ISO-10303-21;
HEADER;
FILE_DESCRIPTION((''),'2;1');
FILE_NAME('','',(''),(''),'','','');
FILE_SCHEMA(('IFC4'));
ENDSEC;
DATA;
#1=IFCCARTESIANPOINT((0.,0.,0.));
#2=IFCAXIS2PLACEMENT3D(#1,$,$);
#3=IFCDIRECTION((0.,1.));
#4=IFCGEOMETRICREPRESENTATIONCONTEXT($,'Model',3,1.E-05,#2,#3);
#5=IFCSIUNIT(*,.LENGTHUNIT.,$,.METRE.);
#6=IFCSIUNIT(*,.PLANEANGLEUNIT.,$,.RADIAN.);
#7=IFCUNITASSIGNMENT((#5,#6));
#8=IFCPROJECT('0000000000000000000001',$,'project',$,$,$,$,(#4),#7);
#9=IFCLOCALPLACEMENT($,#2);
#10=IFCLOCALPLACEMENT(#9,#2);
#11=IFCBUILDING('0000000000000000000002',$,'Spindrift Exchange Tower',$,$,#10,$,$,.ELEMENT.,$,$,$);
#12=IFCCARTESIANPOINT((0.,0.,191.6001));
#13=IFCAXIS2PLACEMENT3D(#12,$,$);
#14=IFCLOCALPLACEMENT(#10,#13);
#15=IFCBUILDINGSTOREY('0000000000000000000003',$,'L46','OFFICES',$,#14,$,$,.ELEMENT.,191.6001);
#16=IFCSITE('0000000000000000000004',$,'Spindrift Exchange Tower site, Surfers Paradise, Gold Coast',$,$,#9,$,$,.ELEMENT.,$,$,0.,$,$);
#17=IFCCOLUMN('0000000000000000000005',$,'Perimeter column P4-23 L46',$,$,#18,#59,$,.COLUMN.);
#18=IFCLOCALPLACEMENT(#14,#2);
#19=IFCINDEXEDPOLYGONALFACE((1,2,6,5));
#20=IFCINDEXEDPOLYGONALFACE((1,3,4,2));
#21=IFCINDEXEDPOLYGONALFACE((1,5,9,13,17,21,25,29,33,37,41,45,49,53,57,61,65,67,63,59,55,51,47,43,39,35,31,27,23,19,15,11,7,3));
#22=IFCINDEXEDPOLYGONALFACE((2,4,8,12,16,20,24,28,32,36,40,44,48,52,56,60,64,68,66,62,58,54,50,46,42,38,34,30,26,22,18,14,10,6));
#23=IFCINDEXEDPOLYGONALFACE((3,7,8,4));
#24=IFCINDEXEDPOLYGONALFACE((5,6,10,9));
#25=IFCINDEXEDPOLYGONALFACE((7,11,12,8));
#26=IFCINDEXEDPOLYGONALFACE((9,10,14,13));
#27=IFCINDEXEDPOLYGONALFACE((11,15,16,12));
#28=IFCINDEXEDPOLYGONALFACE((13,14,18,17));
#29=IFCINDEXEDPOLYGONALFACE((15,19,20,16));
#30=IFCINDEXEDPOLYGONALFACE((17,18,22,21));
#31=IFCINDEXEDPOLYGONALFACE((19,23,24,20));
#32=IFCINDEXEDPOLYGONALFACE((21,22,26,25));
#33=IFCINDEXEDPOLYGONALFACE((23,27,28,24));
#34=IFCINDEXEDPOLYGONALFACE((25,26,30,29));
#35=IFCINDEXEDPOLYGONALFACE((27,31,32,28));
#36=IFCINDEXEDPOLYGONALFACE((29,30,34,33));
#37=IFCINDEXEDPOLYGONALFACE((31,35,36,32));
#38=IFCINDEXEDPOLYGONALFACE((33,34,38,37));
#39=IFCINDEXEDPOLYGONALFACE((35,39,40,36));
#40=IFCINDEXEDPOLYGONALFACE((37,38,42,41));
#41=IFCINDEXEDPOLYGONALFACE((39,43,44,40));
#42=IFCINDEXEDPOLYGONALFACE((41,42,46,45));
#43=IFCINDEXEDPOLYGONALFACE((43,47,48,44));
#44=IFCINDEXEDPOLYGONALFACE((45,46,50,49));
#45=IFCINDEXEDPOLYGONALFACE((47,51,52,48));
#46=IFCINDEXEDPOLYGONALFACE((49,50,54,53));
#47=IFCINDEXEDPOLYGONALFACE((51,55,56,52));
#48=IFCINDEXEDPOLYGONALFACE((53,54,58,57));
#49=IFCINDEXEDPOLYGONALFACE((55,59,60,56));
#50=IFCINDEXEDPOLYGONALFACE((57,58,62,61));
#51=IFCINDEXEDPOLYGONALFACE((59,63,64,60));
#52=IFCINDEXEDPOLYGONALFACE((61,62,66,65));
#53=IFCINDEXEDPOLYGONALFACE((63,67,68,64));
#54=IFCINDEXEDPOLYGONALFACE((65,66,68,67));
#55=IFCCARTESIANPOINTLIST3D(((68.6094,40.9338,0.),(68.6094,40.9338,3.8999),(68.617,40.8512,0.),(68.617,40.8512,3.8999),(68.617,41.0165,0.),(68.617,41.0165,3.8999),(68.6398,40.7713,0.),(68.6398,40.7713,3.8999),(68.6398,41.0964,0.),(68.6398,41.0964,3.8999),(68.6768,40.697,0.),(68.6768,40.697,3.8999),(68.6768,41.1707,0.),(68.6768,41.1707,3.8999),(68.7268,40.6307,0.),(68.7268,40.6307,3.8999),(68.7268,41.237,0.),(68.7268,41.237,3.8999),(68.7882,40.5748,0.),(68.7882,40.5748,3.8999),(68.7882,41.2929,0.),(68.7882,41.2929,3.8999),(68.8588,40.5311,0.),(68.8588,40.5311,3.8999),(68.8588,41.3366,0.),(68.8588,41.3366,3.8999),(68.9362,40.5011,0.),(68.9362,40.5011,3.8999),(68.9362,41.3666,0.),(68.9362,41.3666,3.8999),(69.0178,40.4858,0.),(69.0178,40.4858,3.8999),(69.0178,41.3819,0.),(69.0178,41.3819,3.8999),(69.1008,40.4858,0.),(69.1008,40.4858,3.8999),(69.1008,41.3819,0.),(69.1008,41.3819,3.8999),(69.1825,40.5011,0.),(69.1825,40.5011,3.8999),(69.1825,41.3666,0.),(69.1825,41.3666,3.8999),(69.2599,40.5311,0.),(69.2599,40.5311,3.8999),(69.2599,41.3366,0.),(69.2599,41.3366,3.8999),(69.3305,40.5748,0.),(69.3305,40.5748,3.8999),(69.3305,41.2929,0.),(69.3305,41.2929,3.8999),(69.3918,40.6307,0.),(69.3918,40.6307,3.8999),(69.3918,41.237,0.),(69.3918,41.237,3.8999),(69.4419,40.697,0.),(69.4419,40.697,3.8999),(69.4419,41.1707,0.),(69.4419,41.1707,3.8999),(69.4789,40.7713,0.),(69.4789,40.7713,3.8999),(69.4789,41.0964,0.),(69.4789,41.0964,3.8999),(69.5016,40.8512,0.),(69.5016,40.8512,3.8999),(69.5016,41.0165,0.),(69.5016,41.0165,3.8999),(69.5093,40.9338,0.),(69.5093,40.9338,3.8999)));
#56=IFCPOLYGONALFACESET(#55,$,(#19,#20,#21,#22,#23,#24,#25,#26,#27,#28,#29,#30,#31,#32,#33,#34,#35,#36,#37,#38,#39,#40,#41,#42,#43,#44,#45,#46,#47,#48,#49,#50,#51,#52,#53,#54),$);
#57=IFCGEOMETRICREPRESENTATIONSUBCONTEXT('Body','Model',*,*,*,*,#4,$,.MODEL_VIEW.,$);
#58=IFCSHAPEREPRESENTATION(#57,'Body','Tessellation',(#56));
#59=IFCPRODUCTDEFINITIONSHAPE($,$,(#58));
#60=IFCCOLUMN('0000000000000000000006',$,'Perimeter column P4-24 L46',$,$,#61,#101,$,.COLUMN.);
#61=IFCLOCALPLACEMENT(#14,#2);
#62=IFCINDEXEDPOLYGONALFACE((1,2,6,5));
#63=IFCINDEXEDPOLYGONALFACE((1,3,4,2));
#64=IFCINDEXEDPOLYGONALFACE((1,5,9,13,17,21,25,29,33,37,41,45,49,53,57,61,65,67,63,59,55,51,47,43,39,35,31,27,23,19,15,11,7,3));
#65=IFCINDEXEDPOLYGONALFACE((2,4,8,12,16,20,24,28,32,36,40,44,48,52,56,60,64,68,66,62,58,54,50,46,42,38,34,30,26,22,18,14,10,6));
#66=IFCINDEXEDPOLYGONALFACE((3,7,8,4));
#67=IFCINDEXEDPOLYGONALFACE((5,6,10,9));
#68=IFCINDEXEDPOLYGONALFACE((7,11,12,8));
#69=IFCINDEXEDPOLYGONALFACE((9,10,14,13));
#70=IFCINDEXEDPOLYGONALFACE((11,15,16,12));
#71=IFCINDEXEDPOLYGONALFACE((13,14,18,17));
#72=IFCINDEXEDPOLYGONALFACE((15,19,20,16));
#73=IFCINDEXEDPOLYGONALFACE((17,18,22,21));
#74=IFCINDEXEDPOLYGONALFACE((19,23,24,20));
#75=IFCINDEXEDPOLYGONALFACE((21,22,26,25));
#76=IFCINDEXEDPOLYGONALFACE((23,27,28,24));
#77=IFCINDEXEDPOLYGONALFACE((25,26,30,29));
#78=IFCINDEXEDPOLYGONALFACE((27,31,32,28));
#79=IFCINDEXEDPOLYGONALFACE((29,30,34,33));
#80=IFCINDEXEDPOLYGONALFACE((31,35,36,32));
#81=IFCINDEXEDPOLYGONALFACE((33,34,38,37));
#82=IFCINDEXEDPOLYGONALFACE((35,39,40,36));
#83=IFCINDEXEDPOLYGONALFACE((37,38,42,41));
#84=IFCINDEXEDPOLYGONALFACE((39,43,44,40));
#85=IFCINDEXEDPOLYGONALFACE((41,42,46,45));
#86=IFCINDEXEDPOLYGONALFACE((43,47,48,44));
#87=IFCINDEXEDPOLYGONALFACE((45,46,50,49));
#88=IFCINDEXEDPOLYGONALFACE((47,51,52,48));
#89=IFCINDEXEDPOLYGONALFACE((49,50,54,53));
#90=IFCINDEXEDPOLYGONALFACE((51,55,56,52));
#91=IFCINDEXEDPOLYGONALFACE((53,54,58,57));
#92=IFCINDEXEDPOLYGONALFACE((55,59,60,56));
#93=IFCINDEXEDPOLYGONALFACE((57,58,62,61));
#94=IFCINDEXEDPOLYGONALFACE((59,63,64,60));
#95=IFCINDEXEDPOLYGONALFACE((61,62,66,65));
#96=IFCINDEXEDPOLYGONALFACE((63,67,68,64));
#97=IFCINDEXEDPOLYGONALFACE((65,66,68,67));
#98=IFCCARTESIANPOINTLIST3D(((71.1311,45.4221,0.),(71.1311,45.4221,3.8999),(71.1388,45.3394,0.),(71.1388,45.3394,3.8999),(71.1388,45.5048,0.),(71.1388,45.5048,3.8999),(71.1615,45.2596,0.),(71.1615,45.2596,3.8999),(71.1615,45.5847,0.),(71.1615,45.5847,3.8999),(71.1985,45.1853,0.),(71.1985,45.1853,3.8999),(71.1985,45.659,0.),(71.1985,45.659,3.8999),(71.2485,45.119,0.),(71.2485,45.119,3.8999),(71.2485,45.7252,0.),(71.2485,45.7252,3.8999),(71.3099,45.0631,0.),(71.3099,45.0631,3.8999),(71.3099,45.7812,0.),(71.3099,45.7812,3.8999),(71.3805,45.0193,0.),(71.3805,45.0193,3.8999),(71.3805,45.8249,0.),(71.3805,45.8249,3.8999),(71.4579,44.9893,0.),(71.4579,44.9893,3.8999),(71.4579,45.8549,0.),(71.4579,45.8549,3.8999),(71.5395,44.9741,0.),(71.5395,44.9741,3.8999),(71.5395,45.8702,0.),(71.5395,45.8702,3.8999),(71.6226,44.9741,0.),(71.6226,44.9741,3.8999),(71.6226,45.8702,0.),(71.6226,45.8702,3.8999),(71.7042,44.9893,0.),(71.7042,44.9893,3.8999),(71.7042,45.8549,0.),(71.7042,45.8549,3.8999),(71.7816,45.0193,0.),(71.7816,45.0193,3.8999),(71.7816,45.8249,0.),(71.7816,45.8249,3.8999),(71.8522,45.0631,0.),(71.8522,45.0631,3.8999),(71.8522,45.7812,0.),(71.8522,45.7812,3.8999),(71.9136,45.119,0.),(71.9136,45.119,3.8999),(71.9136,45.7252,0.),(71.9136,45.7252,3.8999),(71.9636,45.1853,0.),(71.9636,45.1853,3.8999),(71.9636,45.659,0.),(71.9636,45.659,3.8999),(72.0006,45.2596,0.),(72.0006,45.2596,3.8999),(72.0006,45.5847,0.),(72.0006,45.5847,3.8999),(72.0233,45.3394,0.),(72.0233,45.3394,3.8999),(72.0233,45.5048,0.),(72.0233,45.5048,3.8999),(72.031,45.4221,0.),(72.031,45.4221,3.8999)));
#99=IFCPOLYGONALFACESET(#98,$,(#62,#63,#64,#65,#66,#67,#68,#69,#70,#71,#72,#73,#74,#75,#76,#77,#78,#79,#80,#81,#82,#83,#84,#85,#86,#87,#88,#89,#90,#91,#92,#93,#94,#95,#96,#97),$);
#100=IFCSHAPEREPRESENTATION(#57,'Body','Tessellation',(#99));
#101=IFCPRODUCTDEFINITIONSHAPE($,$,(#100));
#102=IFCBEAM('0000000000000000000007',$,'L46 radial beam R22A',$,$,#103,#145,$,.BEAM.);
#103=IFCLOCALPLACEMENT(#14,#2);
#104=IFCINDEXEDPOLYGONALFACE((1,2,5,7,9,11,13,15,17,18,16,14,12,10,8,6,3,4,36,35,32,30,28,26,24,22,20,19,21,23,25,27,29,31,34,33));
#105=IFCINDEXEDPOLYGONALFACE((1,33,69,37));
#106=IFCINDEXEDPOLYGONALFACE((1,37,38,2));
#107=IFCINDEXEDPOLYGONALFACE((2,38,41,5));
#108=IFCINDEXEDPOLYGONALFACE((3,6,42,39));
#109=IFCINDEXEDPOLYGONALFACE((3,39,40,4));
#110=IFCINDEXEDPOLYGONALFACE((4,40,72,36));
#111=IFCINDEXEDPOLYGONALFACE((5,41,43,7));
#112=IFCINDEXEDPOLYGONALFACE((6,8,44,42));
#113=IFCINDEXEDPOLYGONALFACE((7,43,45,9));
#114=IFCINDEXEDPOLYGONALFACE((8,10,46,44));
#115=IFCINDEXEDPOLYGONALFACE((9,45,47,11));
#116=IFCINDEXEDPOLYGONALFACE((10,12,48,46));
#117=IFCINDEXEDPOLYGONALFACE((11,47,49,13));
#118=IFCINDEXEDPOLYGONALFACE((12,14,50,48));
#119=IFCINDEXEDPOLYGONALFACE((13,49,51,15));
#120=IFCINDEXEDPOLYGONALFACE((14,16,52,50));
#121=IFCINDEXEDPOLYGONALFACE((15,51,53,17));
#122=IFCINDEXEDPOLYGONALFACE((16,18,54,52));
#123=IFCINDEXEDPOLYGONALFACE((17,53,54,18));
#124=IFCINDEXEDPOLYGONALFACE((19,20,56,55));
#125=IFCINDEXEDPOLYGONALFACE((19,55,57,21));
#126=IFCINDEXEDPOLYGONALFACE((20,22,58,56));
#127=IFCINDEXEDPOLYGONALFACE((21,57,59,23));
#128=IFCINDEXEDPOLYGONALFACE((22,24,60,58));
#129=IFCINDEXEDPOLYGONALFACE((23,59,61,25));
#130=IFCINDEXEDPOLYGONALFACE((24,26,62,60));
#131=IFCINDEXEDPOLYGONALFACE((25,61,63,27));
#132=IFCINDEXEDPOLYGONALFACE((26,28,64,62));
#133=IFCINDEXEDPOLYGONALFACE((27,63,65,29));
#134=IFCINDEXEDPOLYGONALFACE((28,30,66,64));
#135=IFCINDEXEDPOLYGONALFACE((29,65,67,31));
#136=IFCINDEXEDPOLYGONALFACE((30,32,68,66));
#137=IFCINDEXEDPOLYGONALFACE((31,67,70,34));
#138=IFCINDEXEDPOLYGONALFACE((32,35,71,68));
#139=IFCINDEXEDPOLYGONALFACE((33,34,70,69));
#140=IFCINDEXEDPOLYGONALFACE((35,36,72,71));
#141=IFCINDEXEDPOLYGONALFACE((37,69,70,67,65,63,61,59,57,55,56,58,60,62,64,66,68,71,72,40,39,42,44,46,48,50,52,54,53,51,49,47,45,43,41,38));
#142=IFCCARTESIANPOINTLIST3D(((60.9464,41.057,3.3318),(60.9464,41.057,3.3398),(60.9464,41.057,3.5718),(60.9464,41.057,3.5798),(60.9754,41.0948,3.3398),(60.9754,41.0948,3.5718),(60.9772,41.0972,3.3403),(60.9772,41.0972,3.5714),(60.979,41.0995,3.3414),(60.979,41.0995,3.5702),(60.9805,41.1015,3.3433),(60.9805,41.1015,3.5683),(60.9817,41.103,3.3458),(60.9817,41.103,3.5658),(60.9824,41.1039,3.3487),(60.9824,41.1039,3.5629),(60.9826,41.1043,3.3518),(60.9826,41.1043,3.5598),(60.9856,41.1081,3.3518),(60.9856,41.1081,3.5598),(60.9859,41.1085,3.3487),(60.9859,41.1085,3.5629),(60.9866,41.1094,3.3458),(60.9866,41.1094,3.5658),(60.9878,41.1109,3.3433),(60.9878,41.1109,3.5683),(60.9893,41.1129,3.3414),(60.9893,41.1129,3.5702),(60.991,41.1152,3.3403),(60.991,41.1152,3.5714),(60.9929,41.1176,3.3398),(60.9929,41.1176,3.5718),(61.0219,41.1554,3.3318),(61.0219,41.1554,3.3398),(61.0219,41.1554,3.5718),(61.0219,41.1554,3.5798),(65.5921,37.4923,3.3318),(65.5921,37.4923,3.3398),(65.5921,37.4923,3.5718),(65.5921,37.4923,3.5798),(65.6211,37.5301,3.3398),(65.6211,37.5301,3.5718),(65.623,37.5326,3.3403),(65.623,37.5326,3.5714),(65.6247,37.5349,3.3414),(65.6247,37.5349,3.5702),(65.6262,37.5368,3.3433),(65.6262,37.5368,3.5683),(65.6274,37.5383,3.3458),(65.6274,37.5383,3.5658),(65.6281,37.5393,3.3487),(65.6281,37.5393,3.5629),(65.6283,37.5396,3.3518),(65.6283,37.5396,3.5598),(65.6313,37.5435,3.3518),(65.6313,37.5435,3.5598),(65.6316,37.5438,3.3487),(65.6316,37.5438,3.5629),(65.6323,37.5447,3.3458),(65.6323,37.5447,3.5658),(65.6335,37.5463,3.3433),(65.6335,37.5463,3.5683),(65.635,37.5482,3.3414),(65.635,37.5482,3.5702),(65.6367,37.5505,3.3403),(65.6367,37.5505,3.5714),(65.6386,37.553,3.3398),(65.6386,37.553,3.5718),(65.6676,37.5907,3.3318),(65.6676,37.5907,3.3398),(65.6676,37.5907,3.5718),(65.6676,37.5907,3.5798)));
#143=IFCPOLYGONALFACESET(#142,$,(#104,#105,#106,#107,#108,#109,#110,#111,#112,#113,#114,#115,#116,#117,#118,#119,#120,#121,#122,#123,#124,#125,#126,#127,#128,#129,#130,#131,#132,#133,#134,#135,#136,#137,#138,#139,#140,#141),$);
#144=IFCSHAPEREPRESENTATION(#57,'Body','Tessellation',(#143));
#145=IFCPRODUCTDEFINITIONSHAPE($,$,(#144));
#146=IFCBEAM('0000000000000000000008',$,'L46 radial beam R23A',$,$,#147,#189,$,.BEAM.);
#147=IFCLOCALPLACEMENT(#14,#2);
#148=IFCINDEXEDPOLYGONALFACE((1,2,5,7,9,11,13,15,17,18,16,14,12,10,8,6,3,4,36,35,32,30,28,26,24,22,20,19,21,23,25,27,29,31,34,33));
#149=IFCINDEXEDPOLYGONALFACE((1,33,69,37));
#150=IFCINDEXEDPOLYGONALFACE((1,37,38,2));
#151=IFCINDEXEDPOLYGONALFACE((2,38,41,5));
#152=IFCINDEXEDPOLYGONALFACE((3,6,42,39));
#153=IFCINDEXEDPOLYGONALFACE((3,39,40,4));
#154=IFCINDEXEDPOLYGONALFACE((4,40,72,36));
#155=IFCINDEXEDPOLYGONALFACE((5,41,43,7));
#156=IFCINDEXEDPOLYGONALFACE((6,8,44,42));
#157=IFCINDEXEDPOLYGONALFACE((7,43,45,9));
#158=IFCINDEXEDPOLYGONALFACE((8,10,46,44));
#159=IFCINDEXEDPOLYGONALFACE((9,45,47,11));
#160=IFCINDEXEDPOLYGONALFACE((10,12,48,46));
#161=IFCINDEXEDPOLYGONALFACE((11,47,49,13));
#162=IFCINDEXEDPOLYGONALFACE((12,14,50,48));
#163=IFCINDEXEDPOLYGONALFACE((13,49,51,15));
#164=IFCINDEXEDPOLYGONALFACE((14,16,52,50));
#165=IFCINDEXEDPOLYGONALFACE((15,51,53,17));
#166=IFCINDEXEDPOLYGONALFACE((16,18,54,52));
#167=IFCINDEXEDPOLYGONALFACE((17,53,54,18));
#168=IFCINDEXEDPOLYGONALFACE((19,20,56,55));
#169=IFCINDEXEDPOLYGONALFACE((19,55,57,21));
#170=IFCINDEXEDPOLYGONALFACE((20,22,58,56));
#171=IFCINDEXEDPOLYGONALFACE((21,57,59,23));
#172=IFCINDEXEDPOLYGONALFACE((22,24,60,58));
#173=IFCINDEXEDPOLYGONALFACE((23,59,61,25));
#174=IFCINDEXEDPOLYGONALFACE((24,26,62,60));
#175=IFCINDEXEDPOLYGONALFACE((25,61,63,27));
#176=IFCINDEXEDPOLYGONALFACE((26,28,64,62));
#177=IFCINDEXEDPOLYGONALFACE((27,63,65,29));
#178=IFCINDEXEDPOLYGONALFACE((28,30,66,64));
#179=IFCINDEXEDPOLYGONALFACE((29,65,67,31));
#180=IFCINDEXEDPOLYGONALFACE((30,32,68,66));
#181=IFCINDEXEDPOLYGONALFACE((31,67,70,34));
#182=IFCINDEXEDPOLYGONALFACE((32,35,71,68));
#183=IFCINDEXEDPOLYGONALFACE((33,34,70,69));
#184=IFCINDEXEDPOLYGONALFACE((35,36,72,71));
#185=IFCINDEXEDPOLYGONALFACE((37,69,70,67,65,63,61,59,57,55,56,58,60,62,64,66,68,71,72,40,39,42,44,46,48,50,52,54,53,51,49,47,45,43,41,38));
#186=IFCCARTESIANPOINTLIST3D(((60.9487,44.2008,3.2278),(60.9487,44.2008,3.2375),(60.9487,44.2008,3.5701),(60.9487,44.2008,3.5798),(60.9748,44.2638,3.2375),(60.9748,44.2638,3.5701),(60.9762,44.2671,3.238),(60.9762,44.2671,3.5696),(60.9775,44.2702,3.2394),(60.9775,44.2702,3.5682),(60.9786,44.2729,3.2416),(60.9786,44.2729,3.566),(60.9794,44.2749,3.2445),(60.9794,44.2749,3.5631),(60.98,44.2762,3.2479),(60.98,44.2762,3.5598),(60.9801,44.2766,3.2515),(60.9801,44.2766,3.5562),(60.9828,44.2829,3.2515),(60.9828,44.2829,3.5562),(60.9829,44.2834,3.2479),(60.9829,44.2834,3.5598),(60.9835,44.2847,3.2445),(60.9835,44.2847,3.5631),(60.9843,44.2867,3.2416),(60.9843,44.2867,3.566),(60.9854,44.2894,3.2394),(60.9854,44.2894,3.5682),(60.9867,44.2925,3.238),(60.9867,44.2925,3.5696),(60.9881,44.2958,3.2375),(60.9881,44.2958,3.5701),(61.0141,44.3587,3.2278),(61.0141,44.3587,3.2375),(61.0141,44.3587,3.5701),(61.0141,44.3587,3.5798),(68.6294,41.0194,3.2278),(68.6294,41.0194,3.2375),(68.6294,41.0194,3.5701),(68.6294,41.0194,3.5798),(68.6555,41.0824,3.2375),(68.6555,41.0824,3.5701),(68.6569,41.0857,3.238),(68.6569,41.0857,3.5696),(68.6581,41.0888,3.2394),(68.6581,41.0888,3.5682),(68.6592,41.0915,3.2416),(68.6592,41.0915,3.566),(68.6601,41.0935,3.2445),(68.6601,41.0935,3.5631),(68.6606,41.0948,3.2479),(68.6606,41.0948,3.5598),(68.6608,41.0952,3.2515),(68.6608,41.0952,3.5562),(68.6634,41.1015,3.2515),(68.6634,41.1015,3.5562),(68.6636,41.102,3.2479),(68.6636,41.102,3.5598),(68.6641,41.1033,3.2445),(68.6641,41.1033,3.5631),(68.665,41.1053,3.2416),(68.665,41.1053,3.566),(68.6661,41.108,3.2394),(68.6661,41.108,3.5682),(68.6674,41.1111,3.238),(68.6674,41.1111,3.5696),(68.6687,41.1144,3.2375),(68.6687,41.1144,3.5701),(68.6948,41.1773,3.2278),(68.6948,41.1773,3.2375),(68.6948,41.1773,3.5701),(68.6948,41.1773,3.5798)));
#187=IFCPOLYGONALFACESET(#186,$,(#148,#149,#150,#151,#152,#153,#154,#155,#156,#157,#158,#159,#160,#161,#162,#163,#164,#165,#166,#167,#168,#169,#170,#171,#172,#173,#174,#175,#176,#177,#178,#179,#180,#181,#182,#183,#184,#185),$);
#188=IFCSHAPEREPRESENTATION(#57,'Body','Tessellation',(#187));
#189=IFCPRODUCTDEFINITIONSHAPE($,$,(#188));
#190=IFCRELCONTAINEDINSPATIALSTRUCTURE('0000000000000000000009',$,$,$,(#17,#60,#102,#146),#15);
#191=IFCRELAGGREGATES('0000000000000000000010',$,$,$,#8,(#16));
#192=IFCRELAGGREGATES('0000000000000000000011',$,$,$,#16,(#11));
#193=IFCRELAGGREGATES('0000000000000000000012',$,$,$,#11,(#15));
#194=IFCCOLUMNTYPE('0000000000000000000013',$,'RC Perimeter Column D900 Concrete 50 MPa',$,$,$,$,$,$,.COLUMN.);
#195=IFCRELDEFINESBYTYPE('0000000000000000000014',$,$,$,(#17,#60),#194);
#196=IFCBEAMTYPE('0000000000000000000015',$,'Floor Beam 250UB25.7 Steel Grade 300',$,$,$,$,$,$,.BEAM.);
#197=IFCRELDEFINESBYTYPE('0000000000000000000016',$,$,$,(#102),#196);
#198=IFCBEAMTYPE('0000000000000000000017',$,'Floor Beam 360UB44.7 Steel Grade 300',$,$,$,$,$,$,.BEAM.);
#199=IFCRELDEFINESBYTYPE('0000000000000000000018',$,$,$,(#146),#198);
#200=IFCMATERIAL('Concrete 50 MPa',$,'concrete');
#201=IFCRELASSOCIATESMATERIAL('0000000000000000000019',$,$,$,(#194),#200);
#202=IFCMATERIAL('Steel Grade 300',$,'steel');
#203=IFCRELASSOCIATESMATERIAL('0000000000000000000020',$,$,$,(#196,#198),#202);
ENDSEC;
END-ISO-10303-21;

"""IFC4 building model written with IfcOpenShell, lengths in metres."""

from ifc_helpers import new_model, si_unit, direction, frame, origin, origin_2d, place, context, subcontext, project, spatial, circle, i_section, extrude, source, transform, mapped, material, material_profile, profile_set, type_object, element, save


model = new_model("IFC4")

# Units and contexts
model_context = context("Model", 3, precision=1e-05, world=origin(), true_north=direction((0.0, 1.0)))
body_context = subcontext(model_context, "Body", "Model", "MODEL_VIEW")
ifc_project = project(units=[si_unit("LENGTHUNIT", "METRE"), si_unit("PLANEANGLEUNIT", "RADIAN")], contexts=[model_context])

# Site, building, storey
site_placement = place(None, origin())
site = spatial("IfcSite", under=ifc_project, at=site_placement, Name="Spindrift Exchange Tower site, Surfers Paradise, Gold Coast", CompositionType="ELEMENT", RefElevation=0.0)
building_placement = place(site_placement, origin())
building = spatial("IfcBuilding", under=site, at=building_placement, Name="Spindrift Exchange Tower", CompositionType="ELEMENT")
storey_placement = place(building_placement, frame((0.0, 0.0, 191.6001)))
storey = spatial("IfcBuildingStorey", under=building, at=storey_placement, Name="L46", Description="OFFICES", CompositionType="ELEMENT", Elevation=191.6001)

# Columns
ifc_material_1 = material(Name="Concrete 50 MPa", Category="concrete")
ifc_material_profile_1 = material_profile(ifc_material_1, circle(Radius=0.45, at=origin_2d()), Name="RC D900")
ifc_profile_set_1 = profile_set([ifc_material_profile_1], Name="Concrete 50 MPa")
column_type = type_object("IfcColumnType", Name="RC Perimeter Column D900 Concrete 50 MPa", PredefinedType="COLUMN", material=ifc_profile_set_1)
shared_shape_1 = source(origin(), body_context, "Body", "SweptSolid", [
    extrude(circle(Radius=0.45, at=origin_2d()), origin(), (0.0, 0.0, 1.0), 3.8999),
])
for number, where, z_axis, x_axis, name in (
    (1, (69.0593, 40.9338, 0.0), (0.0, 0.0, 1.0), (1.0, 0.0, 0.0), "Perimeter column P4-23 L46"),
    (2, (71.5811, 45.4221, 0.0), (0.0, 0.0, 1.0), (1.0, 0.0, 0.0), "Perimeter column P4-24 L46"),
):
    element("IfcColumn", number, at=place(storey_placement, frame(where, z_axis=z_axis, x_axis=x_axis)), inside=storey, type_object=column_type, Name=name, PredefinedType="COLUMN", context=body_context, shape_type="MappedRepresentation", body=[
        mapped(shared_shape_1, transform((0.0, 0.0, 0.0), scale=1.0)),
    ])

# Beams
ifc_material_2 = material(Name="Steel Grade 300", Category="steel")
ifc_material_profile_2 = material_profile(ifc_material_2, i_section(OverallWidth=0.124, OverallDepth=0.248, WebThickness=0.0049, FlangeThickness=0.0081, FilletRadius=0.012, at=origin_2d()), Name="250UB25.7")
ifc_profile_set_2 = profile_set([ifc_material_profile_2], Name="Steel Grade 300")
beam_type_1 = type_object("IfcBeamType", Name="Floor Beam 250UB25.7 Steel Grade 300", PredefinedType="BEAM", material=ifc_profile_set_2)
shared_shape_2 = source(origin(), body_context, "Body", "SweptSolid", [
    extrude(i_section(OverallWidth=0.124, OverallDepth=0.248, WebThickness=0.0049, FlangeThickness=0.0081, FilletRadius=0.012, at=origin_2d()), origin(), (0.0, 0.0, 1.0), 5.8557),
])
beam_1_placement = place(storey_placement, frame((60.9841, 41.1062, 3.4558), z_axis=(0.793363, -0.608749, 0.0), x_axis=(0.608749, 0.793363, 0.0)))
element("IfcBeam", 3, at=beam_1_placement, inside=storey, type_object=beam_type_1, Name="L46 radial beam R22A", PredefinedType="BEAM", context=body_context, shape_type="MappedRepresentation", body=[
    mapped(shared_shape_2, transform((0.0, 0.0, 0.0), scale=1.0)),
])
ifc_material_profile_3 = material_profile(ifc_material_2, i_section(OverallWidth=0.1709, OverallDepth=0.3521, WebThickness=0.0068, FlangeThickness=0.0098, FilletRadius=0.0139, at=origin_2d()), Name="360UB44.7")
ifc_profile_set_3 = profile_set([ifc_material_profile_3], Name="Steel Grade 300")
beam_type_2 = type_object("IfcBeamType", Name="Floor Beam 360UB44.7 Steel Grade 300", PredefinedType="BEAM", material=ifc_profile_set_3)
shared_shape_3 = source(origin(), body_context, "Body", "SweptSolid", [
    extrude(i_section(OverallWidth=0.1709, OverallDepth=0.3521, WebThickness=0.0068, FlangeThickness=0.0098, FilletRadius=0.0139, at=origin_2d()), origin(), (0.0, 0.0, 1.0), 8.3135),
])
beam_2_placement = place(storey_placement, frame((60.9814, 44.2798, 3.4038), z_axis=(0.923881, -0.382679, 0.0), x_axis=(0.382679, 0.923881, 0.0)))
element("IfcBeam", 4, at=beam_2_placement, inside=storey, type_object=beam_type_2, Name="L46 radial beam R23A", PredefinedType="BEAM", context=body_context, shape_type="MappedRepresentation", body=[
    mapped(shared_shape_3, transform((0.0, 0.0, 0.0), scale=1.0)),
])

save(model, "model.ifc")
